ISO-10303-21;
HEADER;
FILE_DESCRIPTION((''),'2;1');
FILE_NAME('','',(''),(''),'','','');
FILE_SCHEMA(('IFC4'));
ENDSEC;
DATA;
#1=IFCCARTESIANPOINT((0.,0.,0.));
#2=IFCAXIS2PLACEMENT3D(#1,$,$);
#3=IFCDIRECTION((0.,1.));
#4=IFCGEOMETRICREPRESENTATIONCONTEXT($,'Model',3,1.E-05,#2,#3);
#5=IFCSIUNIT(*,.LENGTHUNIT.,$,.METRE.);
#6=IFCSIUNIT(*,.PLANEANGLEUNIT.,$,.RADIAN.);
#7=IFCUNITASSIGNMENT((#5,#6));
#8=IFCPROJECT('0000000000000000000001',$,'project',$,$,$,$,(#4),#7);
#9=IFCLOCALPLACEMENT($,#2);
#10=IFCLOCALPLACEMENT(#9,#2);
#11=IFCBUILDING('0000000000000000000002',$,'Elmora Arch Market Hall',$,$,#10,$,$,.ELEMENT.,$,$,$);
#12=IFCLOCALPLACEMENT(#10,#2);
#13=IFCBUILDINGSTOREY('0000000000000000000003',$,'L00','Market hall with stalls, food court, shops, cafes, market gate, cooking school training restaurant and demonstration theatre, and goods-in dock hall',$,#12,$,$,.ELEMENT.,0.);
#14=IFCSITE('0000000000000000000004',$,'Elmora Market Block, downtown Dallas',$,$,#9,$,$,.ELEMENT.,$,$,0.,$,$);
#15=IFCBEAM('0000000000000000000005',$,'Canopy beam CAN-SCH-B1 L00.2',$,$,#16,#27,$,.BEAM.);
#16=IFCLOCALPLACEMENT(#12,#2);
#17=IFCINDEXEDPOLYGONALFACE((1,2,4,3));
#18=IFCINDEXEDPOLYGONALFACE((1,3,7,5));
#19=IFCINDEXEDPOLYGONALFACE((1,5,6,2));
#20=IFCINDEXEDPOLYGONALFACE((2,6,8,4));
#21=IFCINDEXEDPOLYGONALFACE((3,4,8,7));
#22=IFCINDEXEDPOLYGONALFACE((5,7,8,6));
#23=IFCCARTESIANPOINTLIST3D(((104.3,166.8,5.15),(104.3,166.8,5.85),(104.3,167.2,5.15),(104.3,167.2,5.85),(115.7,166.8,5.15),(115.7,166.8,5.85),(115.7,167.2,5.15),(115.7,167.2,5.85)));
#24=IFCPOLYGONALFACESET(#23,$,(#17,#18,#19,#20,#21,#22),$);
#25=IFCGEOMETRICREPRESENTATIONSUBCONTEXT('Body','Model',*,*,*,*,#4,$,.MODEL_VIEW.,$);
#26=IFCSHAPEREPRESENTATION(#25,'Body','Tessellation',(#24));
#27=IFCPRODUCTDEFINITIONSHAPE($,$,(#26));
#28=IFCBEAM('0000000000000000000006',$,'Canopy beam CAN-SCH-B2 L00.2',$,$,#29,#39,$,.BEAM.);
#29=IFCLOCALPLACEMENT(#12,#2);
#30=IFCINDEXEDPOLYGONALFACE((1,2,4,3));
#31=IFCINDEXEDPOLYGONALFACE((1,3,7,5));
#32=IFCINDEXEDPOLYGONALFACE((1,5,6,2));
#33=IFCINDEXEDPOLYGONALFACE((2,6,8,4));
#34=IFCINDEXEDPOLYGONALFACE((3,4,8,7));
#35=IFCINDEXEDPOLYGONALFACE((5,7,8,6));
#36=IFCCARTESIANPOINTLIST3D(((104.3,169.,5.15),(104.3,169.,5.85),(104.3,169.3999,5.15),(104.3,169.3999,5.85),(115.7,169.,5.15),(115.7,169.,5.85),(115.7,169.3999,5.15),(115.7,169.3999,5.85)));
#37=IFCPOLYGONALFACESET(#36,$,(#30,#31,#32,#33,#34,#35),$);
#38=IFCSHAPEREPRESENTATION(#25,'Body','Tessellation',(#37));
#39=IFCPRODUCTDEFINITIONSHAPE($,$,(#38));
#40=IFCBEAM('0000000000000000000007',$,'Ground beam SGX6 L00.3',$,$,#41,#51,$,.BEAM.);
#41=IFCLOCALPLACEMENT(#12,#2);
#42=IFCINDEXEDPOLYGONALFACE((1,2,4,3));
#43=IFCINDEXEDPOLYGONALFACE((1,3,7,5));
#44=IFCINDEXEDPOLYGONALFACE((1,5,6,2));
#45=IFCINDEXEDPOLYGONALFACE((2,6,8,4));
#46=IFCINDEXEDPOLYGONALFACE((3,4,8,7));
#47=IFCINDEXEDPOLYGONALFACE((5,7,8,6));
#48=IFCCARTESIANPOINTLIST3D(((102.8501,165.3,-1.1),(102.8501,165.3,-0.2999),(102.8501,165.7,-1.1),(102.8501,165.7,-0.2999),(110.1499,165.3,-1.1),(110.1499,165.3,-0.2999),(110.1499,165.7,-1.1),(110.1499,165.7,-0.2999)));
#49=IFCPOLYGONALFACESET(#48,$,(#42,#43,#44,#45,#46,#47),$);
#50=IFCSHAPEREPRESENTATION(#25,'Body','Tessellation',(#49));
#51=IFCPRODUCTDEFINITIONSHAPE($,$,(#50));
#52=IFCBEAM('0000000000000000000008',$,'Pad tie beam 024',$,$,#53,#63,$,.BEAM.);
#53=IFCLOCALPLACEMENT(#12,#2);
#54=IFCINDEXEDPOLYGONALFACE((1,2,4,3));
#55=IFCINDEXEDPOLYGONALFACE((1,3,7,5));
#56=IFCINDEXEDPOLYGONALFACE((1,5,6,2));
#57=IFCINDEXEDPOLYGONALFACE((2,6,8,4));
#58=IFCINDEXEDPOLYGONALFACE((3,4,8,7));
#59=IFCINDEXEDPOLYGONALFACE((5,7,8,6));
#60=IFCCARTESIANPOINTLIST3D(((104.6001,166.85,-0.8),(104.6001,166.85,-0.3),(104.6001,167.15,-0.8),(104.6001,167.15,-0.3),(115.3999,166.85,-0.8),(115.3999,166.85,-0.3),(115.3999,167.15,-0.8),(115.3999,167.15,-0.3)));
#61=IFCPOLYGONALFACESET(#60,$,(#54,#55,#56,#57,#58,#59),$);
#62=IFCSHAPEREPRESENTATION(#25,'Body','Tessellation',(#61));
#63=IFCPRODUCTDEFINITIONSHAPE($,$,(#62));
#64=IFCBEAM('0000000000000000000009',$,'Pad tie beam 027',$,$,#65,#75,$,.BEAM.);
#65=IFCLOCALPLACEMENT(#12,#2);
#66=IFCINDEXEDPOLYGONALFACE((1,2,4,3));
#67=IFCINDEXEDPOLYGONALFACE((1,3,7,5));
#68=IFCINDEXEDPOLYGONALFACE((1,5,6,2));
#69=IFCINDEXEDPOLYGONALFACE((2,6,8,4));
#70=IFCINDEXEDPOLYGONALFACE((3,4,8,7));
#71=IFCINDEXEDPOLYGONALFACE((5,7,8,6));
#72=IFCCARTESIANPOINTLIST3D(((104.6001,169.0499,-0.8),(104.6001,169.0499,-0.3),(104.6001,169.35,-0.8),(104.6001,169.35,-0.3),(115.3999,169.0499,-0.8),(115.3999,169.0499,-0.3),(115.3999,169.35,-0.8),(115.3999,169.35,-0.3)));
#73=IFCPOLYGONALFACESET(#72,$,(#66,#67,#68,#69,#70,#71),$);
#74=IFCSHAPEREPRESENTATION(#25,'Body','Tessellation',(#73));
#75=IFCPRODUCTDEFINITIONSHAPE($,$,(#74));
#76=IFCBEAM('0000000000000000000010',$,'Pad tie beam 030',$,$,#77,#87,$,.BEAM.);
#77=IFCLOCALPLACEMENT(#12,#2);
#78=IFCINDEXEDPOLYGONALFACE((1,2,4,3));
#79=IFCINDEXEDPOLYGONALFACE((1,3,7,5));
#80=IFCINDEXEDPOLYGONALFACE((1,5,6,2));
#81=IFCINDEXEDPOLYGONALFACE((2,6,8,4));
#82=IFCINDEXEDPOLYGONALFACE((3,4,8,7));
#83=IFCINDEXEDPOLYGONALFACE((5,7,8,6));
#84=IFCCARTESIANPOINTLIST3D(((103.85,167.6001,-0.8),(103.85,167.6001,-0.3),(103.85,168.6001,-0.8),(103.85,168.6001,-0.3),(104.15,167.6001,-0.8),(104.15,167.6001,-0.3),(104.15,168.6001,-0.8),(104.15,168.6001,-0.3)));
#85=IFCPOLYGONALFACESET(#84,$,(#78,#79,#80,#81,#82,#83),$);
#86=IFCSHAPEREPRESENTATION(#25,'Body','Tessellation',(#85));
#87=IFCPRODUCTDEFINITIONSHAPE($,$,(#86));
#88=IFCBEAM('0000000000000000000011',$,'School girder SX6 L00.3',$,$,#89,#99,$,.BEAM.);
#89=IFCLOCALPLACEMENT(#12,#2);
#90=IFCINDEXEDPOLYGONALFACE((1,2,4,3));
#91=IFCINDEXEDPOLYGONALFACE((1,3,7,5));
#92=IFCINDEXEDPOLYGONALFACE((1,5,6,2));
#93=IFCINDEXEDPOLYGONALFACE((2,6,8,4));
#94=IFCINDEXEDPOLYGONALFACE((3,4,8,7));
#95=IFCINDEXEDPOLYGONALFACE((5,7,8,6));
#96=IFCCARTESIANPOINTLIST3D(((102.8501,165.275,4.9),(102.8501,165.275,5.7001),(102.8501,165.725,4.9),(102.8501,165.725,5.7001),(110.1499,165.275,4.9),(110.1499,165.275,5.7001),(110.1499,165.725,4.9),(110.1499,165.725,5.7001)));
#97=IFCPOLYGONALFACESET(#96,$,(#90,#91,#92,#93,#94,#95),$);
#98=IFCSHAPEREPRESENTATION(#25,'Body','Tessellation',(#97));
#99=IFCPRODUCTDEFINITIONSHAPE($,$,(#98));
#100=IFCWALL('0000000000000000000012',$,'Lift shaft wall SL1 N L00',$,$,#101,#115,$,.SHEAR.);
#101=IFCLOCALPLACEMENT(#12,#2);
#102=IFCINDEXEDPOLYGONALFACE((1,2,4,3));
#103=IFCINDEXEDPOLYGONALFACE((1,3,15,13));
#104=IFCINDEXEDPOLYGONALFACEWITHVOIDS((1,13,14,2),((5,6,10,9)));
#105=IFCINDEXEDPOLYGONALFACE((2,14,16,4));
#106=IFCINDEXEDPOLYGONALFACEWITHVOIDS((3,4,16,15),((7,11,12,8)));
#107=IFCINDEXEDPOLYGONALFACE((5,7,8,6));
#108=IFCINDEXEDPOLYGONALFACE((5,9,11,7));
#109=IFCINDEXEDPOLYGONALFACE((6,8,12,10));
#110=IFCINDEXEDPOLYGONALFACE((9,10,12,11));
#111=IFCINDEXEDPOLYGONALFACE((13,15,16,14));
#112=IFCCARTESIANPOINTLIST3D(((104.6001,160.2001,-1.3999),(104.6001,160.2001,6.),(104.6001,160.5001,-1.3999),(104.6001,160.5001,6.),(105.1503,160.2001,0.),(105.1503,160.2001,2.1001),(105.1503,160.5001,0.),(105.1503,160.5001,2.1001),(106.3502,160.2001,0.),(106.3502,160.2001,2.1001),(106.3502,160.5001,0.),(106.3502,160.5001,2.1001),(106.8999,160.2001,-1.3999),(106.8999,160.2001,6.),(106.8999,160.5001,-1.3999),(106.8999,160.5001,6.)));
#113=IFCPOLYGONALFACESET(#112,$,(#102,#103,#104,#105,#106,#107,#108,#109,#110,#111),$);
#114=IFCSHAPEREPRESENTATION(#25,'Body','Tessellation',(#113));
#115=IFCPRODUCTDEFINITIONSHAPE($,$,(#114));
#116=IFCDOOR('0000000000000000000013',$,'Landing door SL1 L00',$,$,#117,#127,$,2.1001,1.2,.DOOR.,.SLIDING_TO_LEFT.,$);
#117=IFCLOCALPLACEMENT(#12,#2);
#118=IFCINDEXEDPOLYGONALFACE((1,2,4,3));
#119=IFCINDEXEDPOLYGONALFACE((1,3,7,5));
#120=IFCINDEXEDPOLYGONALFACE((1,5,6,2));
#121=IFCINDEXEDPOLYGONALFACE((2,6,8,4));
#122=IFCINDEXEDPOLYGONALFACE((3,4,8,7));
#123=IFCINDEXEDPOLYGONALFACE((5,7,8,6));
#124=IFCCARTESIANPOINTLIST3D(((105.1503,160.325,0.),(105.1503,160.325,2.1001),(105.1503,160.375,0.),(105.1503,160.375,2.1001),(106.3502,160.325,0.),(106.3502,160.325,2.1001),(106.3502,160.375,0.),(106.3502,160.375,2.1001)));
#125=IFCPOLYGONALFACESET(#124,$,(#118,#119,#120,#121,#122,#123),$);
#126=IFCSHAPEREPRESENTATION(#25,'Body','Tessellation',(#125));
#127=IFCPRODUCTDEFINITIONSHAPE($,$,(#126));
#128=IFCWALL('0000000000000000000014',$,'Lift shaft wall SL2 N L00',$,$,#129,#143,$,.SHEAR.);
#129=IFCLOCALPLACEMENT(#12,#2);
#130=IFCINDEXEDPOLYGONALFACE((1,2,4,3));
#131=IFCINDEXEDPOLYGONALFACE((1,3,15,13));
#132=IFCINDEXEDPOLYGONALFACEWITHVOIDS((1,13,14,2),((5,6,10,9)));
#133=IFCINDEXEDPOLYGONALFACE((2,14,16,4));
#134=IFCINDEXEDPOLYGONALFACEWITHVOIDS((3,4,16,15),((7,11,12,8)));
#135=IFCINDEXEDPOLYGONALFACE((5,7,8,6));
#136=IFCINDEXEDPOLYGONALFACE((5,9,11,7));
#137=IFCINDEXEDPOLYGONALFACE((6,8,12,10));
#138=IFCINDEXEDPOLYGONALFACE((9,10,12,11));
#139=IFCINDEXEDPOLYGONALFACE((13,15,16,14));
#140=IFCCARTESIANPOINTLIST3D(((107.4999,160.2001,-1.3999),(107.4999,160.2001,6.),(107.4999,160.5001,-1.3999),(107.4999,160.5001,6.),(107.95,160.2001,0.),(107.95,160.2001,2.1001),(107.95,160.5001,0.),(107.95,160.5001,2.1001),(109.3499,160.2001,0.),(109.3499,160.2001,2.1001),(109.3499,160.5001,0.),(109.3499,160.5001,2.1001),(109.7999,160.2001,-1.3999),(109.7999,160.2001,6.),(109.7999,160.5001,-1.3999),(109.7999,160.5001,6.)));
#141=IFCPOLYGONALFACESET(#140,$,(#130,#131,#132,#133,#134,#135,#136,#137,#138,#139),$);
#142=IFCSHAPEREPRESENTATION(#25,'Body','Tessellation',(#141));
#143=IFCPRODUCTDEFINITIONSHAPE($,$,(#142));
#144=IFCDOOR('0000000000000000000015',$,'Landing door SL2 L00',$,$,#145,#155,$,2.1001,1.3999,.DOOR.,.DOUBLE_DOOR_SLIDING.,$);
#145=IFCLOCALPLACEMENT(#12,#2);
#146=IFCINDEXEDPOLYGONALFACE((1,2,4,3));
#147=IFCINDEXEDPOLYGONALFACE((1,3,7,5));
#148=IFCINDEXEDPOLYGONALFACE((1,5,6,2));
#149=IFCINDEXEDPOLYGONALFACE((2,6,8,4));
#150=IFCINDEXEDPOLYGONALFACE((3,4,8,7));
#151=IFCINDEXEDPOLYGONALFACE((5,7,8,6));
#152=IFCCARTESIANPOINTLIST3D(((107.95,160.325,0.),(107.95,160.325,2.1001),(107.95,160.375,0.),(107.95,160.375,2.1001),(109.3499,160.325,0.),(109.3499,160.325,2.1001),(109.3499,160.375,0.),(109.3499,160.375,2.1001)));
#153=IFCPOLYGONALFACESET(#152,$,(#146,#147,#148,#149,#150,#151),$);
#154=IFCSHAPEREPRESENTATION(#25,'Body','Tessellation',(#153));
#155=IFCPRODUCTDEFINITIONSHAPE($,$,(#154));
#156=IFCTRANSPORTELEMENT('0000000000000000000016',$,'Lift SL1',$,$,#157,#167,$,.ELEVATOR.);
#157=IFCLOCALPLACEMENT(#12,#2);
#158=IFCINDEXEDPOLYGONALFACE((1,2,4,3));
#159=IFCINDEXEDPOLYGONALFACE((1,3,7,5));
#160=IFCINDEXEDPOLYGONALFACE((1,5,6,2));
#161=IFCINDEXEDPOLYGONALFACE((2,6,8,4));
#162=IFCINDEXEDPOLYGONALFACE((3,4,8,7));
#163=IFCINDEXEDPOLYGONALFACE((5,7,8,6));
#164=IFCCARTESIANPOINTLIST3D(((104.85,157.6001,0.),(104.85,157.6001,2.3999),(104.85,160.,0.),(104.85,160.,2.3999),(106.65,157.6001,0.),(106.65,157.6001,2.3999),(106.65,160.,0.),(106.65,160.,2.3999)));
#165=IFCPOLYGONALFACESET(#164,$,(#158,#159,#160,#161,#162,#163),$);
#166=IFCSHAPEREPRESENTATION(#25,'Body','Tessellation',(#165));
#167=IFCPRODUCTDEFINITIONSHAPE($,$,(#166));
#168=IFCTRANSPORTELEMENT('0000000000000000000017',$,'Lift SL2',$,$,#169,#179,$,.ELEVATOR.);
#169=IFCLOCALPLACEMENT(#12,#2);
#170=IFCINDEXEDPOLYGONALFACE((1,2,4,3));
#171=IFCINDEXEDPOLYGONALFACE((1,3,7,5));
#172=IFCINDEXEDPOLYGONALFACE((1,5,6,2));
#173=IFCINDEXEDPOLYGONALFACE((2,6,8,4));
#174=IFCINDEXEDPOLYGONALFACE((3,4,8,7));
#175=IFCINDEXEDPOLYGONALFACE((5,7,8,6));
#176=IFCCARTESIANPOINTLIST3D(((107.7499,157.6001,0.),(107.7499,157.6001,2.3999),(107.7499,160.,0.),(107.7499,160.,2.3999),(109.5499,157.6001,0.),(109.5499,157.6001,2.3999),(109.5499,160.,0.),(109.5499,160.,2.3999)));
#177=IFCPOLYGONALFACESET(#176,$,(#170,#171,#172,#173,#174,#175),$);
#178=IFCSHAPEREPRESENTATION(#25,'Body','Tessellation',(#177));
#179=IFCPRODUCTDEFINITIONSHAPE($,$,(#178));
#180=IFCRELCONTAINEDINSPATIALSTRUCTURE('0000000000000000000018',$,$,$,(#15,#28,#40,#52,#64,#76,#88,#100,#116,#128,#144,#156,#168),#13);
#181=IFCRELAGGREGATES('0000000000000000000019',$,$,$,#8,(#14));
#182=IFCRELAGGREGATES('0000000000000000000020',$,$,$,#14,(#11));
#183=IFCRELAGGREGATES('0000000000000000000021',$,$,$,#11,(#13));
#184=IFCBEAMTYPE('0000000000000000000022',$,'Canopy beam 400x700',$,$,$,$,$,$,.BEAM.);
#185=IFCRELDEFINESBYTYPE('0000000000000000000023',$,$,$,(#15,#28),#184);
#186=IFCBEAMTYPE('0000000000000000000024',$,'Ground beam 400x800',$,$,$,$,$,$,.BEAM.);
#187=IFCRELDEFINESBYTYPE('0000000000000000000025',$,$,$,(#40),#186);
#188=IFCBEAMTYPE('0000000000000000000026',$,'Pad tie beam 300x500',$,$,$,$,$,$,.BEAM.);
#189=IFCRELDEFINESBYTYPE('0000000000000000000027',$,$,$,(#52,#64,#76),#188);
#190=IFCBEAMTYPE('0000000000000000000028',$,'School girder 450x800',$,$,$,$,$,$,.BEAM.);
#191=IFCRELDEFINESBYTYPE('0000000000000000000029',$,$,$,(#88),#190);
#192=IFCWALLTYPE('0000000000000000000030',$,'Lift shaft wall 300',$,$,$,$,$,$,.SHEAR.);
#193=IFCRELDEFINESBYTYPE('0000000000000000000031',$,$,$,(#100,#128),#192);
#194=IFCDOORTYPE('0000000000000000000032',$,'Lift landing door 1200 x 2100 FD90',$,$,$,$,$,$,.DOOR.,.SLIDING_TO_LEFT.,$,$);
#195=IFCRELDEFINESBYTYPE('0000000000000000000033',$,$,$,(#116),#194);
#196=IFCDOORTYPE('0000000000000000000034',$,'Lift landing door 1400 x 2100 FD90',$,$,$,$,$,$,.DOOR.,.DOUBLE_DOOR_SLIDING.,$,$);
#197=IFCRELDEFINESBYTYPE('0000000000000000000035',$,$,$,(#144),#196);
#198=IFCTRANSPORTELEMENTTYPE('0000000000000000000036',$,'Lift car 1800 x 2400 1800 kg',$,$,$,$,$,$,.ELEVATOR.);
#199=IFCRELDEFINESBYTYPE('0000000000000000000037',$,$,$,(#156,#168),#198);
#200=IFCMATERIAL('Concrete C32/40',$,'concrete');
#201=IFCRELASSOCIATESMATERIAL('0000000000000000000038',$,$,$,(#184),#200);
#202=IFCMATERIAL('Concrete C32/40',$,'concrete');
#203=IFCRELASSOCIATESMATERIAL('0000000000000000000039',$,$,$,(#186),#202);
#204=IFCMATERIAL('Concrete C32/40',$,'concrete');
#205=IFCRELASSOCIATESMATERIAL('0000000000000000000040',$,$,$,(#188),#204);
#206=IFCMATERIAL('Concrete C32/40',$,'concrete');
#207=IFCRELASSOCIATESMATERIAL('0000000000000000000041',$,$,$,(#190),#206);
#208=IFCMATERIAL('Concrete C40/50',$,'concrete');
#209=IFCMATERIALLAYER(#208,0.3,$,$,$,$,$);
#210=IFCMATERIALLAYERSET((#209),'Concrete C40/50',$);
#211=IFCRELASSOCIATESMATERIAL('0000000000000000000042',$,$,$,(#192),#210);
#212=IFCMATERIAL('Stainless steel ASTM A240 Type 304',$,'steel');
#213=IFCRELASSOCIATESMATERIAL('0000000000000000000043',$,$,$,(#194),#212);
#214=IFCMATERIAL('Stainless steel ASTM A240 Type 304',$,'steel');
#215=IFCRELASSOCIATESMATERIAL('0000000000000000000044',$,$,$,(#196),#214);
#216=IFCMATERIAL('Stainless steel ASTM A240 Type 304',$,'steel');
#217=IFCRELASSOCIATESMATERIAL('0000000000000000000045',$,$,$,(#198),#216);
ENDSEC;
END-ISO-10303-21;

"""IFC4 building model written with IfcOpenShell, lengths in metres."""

from ifc_helpers import new_model, si_unit, direction, frame, frame_2d, origin, origin_2d, place, context, subcontext, project, spatial, rectangle, extrude, material, layer, layer_set, material_profile, profile_set, type_object, element, fill, save


model = new_model("IFC4")

# Units and contexts
model_context = context("Model", 3, precision=1e-05, world=origin(), true_north=direction((0.0, 1.0)))
body_context = subcontext(model_context, "Body", "Model", "MODEL_VIEW")
ifc_project = project(units=[si_unit("LENGTHUNIT", "METRE"), si_unit("PLANEANGLEUNIT", "RADIAN")], contexts=[model_context])

# Site, building, storey
site_placement = place(None, origin())
site = spatial("IfcSite", under=ifc_project, at=site_placement, Name="Elmora Market Block, downtown Dallas", CompositionType="ELEMENT", RefElevation=0.0)
building_placement = place(site_placement, origin())
building = spatial("IfcBuilding", under=site, at=building_placement, Name="Elmora Arch Market Hall", CompositionType="ELEMENT")
storey_placement = place(building_placement, origin())
storey = spatial("IfcBuildingStorey", under=building, at=storey_placement, Name="L00", Description="Market hall with stalls, food court, shops, cafes, market gate, cooking school training restaurant and demonstration theatre, and goods-in dock hall", CompositionType="ELEMENT", Elevation=0.0)

# Beams
ifc_material_1 = material(Name="Concrete C32/40", Category="concrete")
ifc_material_profile_1 = material_profile(ifc_material_1, rectangle(XDim=0.3999, YDim=0.7, at=origin_2d()), Name="Canopy beam 400x700")
ifc_profile_set_1 = profile_set([ifc_material_profile_1], Name="Concrete C32/40")
beam_type_1 = type_object("IfcBeamType", Name="Canopy beam 400x700", PredefinedType="BEAM", material=ifc_profile_set_1)
for number, where, z_axis, x_axis, name in (
    (1, (104.3, 167.0, 5.5), (1.0, 0.0, 0.0), (0.0, 1.0, 0.0), "Canopy beam CAN-SCH-B1 L00.2"),
    (2, (104.3, 169.2, 5.5), (1.0, 0.0, 0.0), (0.0, 1.0, 0.0), "Canopy beam CAN-SCH-B2 L00.2"),
):
    element("IfcBeam", number, at=place(storey_placement, frame(where, z_axis=z_axis, x_axis=x_axis)), inside=storey, type_object=beam_type_1, Name=name, PredefinedType="BEAM", context=body_context, shape_type="SweptSolid", body=[
        extrude(rectangle(XDim=0.3999, YDim=0.7, at=origin_2d()), origin(), (0.0, 0.0, 1.0), 11.3999),
    ])
ifc_material_2 = material(Name="Concrete C32/40", Category="concrete")
ifc_material_profile_2 = material_profile(ifc_material_2, rectangle(XDim=0.3999, YDim=0.8, at=origin_2d()), Name="Ground beam 400x800")
ifc_profile_set_2 = profile_set([ifc_material_profile_2], Name="Concrete C32/40")
beam_type_2 = type_object("IfcBeamType", Name="Ground beam 400x800", PredefinedType="BEAM", material=ifc_profile_set_2)
beam_1_placement = place(storey_placement, frame((102.8501, 165.5, -0.7), z_axis=(1.0, 0.0, 0.0), x_axis=(0.0, 1.0, 0.0)))
element("IfcBeam", 3, at=beam_1_placement, inside=storey, type_object=beam_type_2, Name="Ground beam SGX6 L00.3", PredefinedType="BEAM", context=body_context, shape_type="SweptSolid", body=[
    extrude(rectangle(XDim=0.3999, YDim=0.8, at=origin_2d()), origin(), (0.0, 0.0, 1.0), 7.2998),
])
ifc_material_3 = material(Name="Concrete C32/40", Category="concrete")
ifc_material_profile_3 = material_profile(ifc_material_3, rectangle(XDim=0.3, YDim=0.5, at=origin_2d()), Name="Pad tie beam 300x500")
ifc_profile_set_3 = profile_set([ifc_material_profile_3], Name="Concrete C32/40")
beam_type_3 = type_object("IfcBeamType", Name="Pad tie beam 300x500", PredefinedType="BEAM", material=ifc_profile_set_3)
for number, where, z_axis, x_axis, name in (
    (4, (104.6001, 167.0, -0.55), (1.0, 0.0, 0.0), (0.0, 1.0, 0.0), "Pad tie beam 024"),
    (5, (104.6001, 169.2, -0.55), (1.0, 0.0, 0.0), (0.0, 1.0, 0.0), "Pad tie beam 027"),
):
    element("IfcBeam", number, at=place(storey_placement, frame(where, z_axis=z_axis, x_axis=x_axis)), inside=storey, type_object=beam_type_3, Name=name, PredefinedType="BEAM", context=body_context, shape_type="SweptSolid", body=[
        extrude(rectangle(XDim=0.3, YDim=0.5, at=origin_2d()), origin(), (0.0, 0.0, 1.0), 10.7998),
    ])
beam_2_placement = place(storey_placement, frame((104.0, 167.6001, -0.55), z_axis=(0.0, 1.0, 0.0), x_axis=(-1.0, 0.0, 0.0)))
element("IfcBeam", 6, at=beam_2_placement, inside=storey, type_object=beam_type_3, Name="Pad tie beam 030", PredefinedType="BEAM", context=body_context, shape_type="SweptSolid", body=[
    extrude(rectangle(XDim=0.3, YDim=0.5, at=origin_2d()), origin(), (0.0, 0.0, 1.0), 1.0),
])
ifc_material_4 = material(Name="Concrete C32/40", Category="concrete")
ifc_material_profile_4 = material_profile(ifc_material_4, rectangle(XDim=0.45, YDim=0.8, at=origin_2d()), Name="School girder 450x800")
ifc_profile_set_4 = profile_set([ifc_material_profile_4], Name="Concrete C32/40")
beam_type_4 = type_object("IfcBeamType", Name="School girder 450x800", PredefinedType="BEAM", material=ifc_profile_set_4)
beam_3_placement = place(storey_placement, frame((102.8501, 165.5, 5.3), z_axis=(1.0, 0.0, 0.0), x_axis=(0.0, 1.0, 0.0)))
element("IfcBeam", 7, at=beam_3_placement, inside=storey, type_object=beam_type_4, Name="School girder SX6 L00.3", PredefinedType="BEAM", context=body_context, shape_type="SweptSolid", body=[
    extrude(rectangle(XDim=0.45, YDim=0.8, at=origin_2d()), origin(), (0.0, 0.0, 1.0), 7.2998),
])

# Walls, openings, doors
ifc_material_5 = material(Name="Concrete C40/50", Category="concrete")
ifc_layer_1 = layer(ifc_material_5, 0.3)
ifc_layer_set_1 = layer_set([ifc_layer_1], Name="Concrete C40/50")
wall_type_1 = type_object("IfcWallType", Name="Lift shaft wall 300", PredefinedType="SHEAR", material=ifc_layer_set_1)
wall_1_placement = place(storey_placement, frame((104.6001, 160.3501, -1.3999), z_axis=(0.0, 0.0, 1.0), x_axis=(1.0, 0.0, 0.0)))
wall_1 = element("IfcWall", 8, at=wall_1_placement, inside=storey, type_object=wall_type_1, Name="Lift shaft wall SL1 N L00", PredefinedType="SHEAR", context=body_context, shape_type="SweptSolid", body=[
    extrude(rectangle(XDim=2.2998, YDim=0.3, at=frame_2d((1.1499, 0.0))), origin(), (0.0, 0.0, 1.0), 7.3999),
])
opening_1_placement = place(wall_1_placement, frame((0.55, 0.0, 1.3999)))
opening_1 = element("IfcOpeningElement", 9, at=opening_1_placement, cuts=wall_1, PredefinedType="OPENING", context=body_context, shape_type="SweptSolid", body=[
    extrude(rectangle(XDim=1.2, YDim=2.1001, at=frame_2d((0.6001, 1.05))), frame((0.0, 0.1599, 0.0), z_axis=(0.0, -1.0, 0.0), x_axis=(1.0, 0.0, 0.0)), (0.0, 0.0, 1.0), 0.3201),
])
ifc_material_6 = material(Name="Stainless steel ASTM A240 Type 304", Category="steel")
door_type_1 = type_object("IfcDoorType", Name="Lift landing door 1200 x 2100 FD90", OperationType="SLIDING_TO_LEFT", PredefinedType="DOOR", material=ifc_material_6)
door_1_placement = place(opening_1_placement, origin())
door_1 = element("IfcDoor", 10, at=door_1_placement, inside=storey, type_object=door_type_1, Name="Landing door SL1 L00", OperationType="SLIDING_TO_LEFT", OverallHeight=2.1001, OverallWidth=1.2, PredefinedType="DOOR", context=body_context, shape_type="SweptSolid", body=[
    extrude(rectangle(XDim=1.2, YDim=2.1001, at=frame_2d((0.6001, 1.05))), frame((0.0, 0.0249, 0.0), z_axis=(0.0, -1.0, 0.0), x_axis=(1.0, 0.0, 0.0)), (0.0, 0.0, 1.0), 0.05),
])
fill(opening_1, door_1)
wall_2_placement = place(storey_placement, frame((107.5, 160.3501, -1.3999), z_axis=(0.0, 0.0, 1.0), x_axis=(1.0, 0.0, 0.0)))
wall_2 = element("IfcWall", 11, at=wall_2_placement, inside=storey, type_object=wall_type_1, Name="Lift shaft wall SL2 N L00", PredefinedType="SHEAR", context=body_context, shape_type="SweptSolid", body=[
    extrude(rectangle(XDim=2.3, YDim=0.3, at=frame_2d((1.1499, 0.0))), origin(), (0.0, 0.0, 1.0), 7.3999),
])
opening_2_placement = place(wall_2_placement, frame((0.45, 0.0, 1.3999)))
opening_2 = element("IfcOpeningElement", 12, at=opening_2_placement, cuts=wall_2, PredefinedType="OPENING", context=body_context, shape_type="SweptSolid", body=[
    extrude(rectangle(XDim=1.3999, YDim=2.1001, at=frame_2d((0.7, 1.05))), frame((0.0, 0.1599, 0.0), z_axis=(0.0, -1.0, 0.0), x_axis=(1.0, 0.0, 0.0)), (0.0, 0.0, 1.0), 0.3201),
])
ifc_material_7 = material(Name="Stainless steel ASTM A240 Type 304", Category="steel")
door_type_2 = type_object("IfcDoorType", Name="Lift landing door 1400 x 2100 FD90", OperationType="DOUBLE_DOOR_SLIDING", PredefinedType="DOOR", material=ifc_material_7)
door_2_placement = place(opening_2_placement, origin())
door_2 = element("IfcDoor", 13, at=door_2_placement, inside=storey, type_object=door_type_2, Name="Landing door SL2 L00", OperationType="DOUBLE_DOOR_SLIDING", OverallHeight=2.1001, OverallWidth=1.3999, PredefinedType="DOOR", context=body_context, shape_type="SweptSolid", body=[
    extrude(rectangle(XDim=1.3999, YDim=2.1001, at=frame_2d((0.7, 1.05))), frame((0.0, 0.0249, 0.0), z_axis=(0.0, -1.0, 0.0), x_axis=(1.0, 0.0, 0.0)), (0.0, 0.0, 1.0), 0.05),
])
fill(opening_2, door_2)

# Transport elements
ifc_material_8 = material(Name="Stainless steel ASTM A240 Type 304", Category="steel")
transport_element_type = type_object("IfcTransportElementType", Name="Lift car 1800 x 2400 1800 kg", PredefinedType="ELEVATOR", material=ifc_material_8)
for number, where, z_axis, x_axis, name in (
    (14, (105.75, 158.8, 0.0), (0.0, 0.0, 1.0), (1.0, 0.0, 0.0), "Lift SL1"),
    (15, (108.6499, 158.8, 0.0), (0.0, 0.0, 1.0), (1.0, 0.0, 0.0), "Lift SL2"),
):
    element("IfcTransportElement", number, at=place(storey_placement, frame(where, z_axis=z_axis, x_axis=x_axis)), inside=storey, type_object=transport_element_type, Name=name, PredefinedType="ELEVATOR", context=body_context, shape_type="SweptSolid", body=[
        extrude(rectangle(XDim=1.8, YDim=2.3999, at=origin_2d()), origin(), (0.0, 0.0, 1.0), 2.3999),
    ])

save(model, "model.ifc")
